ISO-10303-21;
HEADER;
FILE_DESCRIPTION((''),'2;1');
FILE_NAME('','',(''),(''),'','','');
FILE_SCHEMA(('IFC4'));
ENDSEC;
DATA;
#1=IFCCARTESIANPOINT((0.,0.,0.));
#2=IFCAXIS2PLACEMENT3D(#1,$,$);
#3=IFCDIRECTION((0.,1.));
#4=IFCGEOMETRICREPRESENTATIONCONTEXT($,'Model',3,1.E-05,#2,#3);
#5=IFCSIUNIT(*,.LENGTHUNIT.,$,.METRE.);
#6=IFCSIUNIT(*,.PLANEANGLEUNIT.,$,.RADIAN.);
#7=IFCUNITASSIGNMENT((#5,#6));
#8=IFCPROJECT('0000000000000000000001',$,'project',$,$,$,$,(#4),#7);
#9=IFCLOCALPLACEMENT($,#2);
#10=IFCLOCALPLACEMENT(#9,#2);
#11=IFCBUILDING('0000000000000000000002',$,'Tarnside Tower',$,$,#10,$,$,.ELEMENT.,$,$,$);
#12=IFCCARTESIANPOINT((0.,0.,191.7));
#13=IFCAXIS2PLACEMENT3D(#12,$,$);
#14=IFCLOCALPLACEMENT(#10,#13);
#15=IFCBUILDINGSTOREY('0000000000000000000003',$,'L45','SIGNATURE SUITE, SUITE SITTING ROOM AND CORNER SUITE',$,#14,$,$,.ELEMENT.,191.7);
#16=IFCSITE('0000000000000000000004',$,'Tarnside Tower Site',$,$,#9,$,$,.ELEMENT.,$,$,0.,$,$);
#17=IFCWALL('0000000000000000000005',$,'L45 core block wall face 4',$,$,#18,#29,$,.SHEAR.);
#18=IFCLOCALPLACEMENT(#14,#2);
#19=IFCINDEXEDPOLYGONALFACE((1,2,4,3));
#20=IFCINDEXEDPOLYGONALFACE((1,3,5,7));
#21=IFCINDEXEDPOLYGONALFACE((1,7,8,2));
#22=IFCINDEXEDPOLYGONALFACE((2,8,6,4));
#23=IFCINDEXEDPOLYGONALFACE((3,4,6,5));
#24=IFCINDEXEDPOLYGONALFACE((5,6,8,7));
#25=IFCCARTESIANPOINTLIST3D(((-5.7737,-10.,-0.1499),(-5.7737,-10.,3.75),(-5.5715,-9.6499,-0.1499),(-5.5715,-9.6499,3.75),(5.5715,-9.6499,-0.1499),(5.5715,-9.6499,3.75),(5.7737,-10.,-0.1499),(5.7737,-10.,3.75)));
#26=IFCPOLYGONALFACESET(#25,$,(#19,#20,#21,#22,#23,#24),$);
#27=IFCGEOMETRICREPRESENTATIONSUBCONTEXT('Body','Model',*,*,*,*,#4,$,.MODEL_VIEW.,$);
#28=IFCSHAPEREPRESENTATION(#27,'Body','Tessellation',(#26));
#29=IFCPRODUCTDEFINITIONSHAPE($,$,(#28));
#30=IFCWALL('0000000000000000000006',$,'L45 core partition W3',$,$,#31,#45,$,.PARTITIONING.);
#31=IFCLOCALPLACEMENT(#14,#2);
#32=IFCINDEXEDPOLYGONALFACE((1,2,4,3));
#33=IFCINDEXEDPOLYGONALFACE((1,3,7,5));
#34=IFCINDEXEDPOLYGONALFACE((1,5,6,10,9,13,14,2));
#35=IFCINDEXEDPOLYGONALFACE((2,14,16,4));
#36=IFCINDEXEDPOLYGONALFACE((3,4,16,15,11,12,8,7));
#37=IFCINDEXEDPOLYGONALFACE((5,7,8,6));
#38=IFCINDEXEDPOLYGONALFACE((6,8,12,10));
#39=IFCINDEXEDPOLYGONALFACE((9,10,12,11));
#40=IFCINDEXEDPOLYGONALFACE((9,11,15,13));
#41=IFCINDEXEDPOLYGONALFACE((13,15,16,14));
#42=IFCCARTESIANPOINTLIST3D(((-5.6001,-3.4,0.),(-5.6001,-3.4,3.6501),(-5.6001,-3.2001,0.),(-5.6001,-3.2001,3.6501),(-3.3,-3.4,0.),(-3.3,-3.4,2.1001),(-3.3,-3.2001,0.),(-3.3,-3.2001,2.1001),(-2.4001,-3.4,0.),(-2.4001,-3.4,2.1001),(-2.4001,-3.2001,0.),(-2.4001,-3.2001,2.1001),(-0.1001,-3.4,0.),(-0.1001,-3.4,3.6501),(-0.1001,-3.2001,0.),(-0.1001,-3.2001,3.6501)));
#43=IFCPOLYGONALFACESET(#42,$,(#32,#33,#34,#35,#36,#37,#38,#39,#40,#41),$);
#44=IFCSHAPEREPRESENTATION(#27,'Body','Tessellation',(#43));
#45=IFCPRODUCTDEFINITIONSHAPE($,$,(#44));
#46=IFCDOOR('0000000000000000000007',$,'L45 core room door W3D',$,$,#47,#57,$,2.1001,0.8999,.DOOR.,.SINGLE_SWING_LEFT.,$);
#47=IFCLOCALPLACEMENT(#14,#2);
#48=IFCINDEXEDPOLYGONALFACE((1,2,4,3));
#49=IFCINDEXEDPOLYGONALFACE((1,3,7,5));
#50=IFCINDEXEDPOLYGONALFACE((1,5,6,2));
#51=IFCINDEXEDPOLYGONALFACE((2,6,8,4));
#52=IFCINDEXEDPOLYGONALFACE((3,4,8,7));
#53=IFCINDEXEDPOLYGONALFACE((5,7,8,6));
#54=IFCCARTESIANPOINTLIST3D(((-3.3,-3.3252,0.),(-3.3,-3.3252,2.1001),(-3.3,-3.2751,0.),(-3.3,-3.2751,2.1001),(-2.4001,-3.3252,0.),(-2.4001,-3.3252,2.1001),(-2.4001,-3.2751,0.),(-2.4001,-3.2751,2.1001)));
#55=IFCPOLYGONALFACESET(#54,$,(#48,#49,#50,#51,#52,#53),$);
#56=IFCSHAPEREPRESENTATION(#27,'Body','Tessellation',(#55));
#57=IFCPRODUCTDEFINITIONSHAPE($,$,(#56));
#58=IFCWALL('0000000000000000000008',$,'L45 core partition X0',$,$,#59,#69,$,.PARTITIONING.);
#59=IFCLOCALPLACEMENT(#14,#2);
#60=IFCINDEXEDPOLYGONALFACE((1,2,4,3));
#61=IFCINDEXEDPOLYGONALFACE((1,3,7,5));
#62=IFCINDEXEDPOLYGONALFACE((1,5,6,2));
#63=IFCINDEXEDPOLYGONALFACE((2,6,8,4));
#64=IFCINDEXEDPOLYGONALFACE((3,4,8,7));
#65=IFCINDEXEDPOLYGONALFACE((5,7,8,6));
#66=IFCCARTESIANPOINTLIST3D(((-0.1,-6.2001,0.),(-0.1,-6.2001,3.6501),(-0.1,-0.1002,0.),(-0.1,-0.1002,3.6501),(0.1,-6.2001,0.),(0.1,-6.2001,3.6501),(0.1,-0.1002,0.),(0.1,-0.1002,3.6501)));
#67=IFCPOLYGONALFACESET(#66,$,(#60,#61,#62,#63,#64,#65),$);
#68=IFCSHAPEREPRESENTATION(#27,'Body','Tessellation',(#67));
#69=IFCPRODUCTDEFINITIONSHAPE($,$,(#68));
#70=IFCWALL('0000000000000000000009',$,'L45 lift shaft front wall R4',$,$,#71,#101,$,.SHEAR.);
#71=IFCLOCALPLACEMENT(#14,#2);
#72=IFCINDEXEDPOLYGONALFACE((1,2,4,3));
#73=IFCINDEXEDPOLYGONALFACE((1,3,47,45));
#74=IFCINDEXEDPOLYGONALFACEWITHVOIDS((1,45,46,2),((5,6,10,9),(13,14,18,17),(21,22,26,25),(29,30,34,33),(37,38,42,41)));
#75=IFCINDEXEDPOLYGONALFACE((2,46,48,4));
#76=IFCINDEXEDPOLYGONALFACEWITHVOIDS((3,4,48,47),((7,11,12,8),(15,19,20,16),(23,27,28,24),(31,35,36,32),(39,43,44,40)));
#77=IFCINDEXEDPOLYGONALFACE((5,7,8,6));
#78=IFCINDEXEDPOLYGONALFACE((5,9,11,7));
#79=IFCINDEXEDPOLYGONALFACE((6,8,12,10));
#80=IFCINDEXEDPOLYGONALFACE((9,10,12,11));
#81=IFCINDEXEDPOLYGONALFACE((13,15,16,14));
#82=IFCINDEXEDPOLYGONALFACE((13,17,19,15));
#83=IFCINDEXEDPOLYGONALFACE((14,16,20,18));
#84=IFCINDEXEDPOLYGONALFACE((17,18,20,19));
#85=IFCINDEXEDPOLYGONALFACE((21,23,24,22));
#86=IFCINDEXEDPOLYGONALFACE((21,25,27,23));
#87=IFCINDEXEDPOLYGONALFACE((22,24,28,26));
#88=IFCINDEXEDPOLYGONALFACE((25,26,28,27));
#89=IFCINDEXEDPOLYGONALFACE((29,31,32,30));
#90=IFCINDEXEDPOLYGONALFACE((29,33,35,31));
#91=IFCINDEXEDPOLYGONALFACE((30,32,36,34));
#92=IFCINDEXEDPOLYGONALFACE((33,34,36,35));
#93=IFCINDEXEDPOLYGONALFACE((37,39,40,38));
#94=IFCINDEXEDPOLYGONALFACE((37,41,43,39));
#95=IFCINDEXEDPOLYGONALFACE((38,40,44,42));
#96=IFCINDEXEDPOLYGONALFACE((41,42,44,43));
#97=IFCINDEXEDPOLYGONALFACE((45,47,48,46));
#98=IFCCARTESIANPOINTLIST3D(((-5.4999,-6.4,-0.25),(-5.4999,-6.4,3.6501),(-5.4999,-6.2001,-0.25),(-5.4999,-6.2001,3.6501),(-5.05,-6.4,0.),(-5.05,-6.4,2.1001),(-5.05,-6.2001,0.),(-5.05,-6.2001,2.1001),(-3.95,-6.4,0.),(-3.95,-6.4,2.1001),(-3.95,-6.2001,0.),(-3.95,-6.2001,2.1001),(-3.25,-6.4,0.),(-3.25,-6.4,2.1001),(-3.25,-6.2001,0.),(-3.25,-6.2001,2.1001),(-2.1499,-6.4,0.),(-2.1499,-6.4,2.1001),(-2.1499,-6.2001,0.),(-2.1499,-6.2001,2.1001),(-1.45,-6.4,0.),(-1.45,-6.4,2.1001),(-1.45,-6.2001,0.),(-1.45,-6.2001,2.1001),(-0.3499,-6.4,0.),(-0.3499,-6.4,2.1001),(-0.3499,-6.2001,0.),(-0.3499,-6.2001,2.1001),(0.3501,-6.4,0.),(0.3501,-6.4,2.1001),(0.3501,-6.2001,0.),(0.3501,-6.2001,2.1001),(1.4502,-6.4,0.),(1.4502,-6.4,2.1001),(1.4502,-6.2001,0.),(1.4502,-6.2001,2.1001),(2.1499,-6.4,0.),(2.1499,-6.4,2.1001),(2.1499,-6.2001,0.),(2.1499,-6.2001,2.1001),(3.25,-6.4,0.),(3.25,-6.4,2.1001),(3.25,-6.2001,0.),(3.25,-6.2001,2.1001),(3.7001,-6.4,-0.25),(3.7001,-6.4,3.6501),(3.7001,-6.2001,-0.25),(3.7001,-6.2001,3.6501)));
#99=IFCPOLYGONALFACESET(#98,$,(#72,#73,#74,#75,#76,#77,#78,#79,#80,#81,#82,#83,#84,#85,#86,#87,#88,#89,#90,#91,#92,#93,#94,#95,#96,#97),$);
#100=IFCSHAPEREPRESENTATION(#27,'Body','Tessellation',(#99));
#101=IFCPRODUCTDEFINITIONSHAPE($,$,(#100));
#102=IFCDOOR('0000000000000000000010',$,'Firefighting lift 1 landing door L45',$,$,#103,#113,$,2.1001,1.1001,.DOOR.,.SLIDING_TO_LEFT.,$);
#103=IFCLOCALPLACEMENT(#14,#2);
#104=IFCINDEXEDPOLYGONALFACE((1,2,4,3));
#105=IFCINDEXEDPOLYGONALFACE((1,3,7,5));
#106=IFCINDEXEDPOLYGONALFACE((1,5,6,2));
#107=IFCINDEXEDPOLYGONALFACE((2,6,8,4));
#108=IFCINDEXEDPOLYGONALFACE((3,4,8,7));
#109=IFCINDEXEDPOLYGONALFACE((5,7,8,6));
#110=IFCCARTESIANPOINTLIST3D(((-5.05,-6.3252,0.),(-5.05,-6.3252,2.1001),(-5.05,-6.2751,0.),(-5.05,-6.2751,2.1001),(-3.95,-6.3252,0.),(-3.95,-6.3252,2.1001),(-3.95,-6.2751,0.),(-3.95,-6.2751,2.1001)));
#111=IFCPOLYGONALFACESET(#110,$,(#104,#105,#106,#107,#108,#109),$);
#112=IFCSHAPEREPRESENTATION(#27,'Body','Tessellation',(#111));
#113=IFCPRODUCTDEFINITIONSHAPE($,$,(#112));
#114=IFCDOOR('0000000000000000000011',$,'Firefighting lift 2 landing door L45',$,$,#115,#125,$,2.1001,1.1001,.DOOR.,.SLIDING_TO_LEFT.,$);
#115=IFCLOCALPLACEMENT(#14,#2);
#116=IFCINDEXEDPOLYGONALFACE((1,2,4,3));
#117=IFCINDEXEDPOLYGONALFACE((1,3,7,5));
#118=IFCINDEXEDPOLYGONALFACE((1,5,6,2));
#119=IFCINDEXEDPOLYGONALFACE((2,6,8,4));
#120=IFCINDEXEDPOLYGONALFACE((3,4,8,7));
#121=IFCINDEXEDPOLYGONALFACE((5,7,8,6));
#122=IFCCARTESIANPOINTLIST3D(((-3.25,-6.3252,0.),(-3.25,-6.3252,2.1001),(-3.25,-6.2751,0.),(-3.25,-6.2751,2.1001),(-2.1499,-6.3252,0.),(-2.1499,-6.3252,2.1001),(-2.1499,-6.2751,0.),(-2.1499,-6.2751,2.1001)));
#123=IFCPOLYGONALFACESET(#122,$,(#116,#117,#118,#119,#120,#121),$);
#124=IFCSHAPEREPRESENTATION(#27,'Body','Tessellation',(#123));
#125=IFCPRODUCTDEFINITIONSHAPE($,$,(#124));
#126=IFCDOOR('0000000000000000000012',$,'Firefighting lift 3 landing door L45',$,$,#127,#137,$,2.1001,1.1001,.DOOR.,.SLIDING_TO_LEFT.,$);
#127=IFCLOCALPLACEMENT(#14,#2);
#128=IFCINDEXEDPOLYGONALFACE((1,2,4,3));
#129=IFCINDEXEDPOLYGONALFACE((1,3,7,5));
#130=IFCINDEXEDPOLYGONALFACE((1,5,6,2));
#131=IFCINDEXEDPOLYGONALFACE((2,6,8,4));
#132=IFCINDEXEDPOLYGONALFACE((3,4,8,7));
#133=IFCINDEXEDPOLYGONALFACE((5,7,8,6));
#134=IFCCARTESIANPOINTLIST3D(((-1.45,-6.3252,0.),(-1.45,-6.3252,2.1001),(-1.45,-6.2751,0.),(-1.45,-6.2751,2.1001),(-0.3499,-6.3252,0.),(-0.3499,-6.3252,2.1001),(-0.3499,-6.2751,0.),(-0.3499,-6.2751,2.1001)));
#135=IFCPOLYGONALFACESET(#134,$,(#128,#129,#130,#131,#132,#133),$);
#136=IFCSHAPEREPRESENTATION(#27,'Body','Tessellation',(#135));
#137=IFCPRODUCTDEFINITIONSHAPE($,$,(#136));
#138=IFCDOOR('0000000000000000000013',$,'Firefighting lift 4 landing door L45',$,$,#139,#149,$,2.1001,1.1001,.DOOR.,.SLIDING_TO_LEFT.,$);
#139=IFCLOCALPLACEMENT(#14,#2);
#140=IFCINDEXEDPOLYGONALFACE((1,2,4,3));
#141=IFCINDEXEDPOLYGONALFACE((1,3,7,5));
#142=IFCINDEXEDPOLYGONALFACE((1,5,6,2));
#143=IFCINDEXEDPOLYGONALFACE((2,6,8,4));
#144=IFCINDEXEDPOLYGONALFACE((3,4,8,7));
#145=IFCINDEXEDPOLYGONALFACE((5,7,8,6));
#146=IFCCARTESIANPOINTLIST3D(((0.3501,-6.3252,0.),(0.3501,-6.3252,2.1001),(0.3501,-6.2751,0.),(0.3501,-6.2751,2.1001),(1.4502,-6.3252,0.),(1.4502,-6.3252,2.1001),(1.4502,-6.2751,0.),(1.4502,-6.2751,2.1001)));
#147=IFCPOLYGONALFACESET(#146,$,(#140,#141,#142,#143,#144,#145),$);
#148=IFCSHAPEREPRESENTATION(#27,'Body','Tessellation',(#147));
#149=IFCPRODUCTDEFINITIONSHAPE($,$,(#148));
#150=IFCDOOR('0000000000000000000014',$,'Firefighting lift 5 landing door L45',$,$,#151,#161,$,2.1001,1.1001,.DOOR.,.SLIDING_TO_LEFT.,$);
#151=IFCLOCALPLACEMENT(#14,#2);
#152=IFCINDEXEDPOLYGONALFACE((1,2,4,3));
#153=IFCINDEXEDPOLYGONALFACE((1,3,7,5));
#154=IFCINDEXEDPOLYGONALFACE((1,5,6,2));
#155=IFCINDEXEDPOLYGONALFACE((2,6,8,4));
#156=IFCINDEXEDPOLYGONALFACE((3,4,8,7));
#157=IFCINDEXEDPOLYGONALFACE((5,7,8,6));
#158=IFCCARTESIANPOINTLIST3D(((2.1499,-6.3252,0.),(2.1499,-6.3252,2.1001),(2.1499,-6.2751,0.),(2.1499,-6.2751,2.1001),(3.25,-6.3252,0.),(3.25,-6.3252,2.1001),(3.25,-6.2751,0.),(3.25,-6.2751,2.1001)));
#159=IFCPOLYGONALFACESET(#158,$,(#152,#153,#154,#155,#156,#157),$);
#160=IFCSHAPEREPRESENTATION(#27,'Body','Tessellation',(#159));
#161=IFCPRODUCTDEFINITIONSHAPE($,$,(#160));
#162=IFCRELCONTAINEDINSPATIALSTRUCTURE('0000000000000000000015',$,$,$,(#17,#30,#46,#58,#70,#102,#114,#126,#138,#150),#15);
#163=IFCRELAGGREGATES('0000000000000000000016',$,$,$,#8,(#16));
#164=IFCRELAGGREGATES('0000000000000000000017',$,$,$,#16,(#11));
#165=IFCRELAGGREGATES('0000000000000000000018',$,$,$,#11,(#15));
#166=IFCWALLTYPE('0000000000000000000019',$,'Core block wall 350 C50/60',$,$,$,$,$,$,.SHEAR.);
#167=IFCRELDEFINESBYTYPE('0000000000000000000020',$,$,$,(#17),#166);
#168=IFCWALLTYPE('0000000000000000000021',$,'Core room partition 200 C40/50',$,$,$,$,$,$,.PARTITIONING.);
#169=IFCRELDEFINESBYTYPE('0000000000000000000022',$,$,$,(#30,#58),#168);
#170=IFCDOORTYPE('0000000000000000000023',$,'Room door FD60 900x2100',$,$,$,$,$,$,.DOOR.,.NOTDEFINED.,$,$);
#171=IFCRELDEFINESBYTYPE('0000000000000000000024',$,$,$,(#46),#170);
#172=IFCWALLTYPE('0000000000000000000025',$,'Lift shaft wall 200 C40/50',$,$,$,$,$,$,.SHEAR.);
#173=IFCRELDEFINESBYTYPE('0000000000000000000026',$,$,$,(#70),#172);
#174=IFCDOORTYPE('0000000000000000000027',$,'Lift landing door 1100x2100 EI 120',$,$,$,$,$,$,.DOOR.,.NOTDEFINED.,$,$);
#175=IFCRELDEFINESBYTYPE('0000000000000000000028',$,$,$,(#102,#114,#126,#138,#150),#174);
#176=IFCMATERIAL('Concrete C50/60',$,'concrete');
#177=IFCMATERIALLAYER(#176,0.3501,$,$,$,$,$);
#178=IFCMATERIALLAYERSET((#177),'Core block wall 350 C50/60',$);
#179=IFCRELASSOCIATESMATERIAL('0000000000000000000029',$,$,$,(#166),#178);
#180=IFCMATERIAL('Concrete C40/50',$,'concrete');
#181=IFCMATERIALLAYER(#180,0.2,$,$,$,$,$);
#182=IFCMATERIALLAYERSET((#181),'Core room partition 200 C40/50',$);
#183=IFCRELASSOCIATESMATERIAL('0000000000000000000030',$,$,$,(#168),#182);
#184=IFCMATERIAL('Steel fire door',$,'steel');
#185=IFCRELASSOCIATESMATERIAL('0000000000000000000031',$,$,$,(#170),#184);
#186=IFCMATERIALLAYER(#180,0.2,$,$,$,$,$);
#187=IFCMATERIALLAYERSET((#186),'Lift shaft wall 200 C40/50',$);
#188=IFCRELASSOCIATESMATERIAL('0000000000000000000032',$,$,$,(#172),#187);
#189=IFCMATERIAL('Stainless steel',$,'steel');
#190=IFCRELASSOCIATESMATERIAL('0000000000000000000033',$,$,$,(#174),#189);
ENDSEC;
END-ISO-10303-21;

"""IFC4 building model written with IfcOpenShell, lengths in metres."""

from ifc_helpers import new_model, si_unit, direction, frame, frame_2d, origin, place, context, subcontext, project, spatial, polyline, rectangle, outline, extrude, material, layer, layer_set, type_object, element, fill, save


model = new_model("IFC4")

# Units and contexts
model_context = context("Model", 3, precision=1e-05, world=origin(), true_north=direction((0.0, 1.0)))
body_context = subcontext(model_context, "Body", "Model", "MODEL_VIEW")
ifc_project = project(units=[si_unit("LENGTHUNIT", "METRE"), si_unit("PLANEANGLEUNIT", "RADIAN")], contexts=[model_context])

# Site, building, storey
site_placement = place(None, origin())
site = spatial("IfcSite", under=ifc_project, at=site_placement, Name="Tarnside Tower Site", CompositionType="ELEMENT", RefElevation=0.0)
building_placement = place(site_placement, origin())
building = spatial("IfcBuilding", under=site, at=building_placement, Name="Tarnside Tower", CompositionType="ELEMENT")
storey_placement = place(building_placement, frame((0.0, 0.0, 191.7)))
storey = spatial("IfcBuildingStorey", under=building, at=storey_placement, Name="L45", Description="SIGNATURE SUITE, SUITE SITTING ROOM AND CORNER SUITE", CompositionType="ELEMENT", Elevation=191.7)

# Wall
ifc_material_1 = material(Name="Concrete C50/60", Category="concrete")
ifc_layer_1 = layer(ifc_material_1, 0.3501)
ifc_layer_set_1 = layer_set([ifc_layer_1], Name="Core block wall 350 C50/60")
wall_type_1 = type_object("IfcWallType", Name="Core block wall 350 C50/60", PredefinedType="SHEAR", material=ifc_layer_set_1)
wall_1_placement = place(storey_placement, frame((-5.6726, -9.825, -0.1499), z_axis=(0.0, 0.0, 1.0), x_axis=(1.0, 0.0, 0.0)))
element("IfcWall", 1, at=wall_1_placement, inside=storey, type_object=wall_type_1, Name="L45 core block wall face 4", PredefinedType="SHEAR", context=body_context, shape_type="SweptSolid", body=[
    extrude(outline(polyline([(-0.1011, -0.175), (11.4463, -0.175), (11.2441, 0.175), (0.1011, 0.175), (-0.1011, -0.175)])), origin(), (0.0, 0.0, 1.0), 3.8999),
])

# Wall, opening, door
ifc_material_2 = material(Name="Concrete C40/50", Category="concrete")
ifc_layer_2 = layer(ifc_material_2, 0.2)
ifc_layer_set_2 = layer_set([ifc_layer_2], Name="Core room partition 200 C40/50")
wall_type_2 = type_object("IfcWallType", Name="Core room partition 200 C40/50", PredefinedType="PARTITIONING", material=ifc_layer_set_2)
wall_2_placement = place(storey_placement, frame((-5.6001, -3.3, 0.0), z_axis=(0.0, 0.0, 1.0), x_axis=(1.0, 0.0, 0.0)))
wall_2 = element("IfcWall", 2, at=wall_2_placement, inside=storey, type_object=wall_type_2, Name="L45 core partition W3", PredefinedType="PARTITIONING", context=body_context, shape_type="SweptSolid", body=[
    extrude(rectangle(XDim=5.5, YDim=0.2, at=frame_2d((2.75, 0.0))), origin(), (0.0, 0.0, 1.0), 3.6501),
])
opening_1_placement = place(wall_2_placement, frame((2.3, 0.0, 0.0)))
opening_1 = element("IfcOpeningElement", 3, at=opening_1_placement, cuts=wall_2, PredefinedType="OPENING", context=body_context, shape_type="SweptSolid", body=[
    extrude(rectangle(XDim=0.8999, YDim=2.1001, at=frame_2d((0.45, 1.05))), frame((0.0, 0.1099, 0.0), z_axis=(0.0, -1.0, 0.0), x_axis=(1.0, 0.0, 0.0)), (0.0, 0.0, 1.0), 0.22),
])
ifc_material_3 = material(Name="Steel fire door", Category="steel")
door_type_1 = type_object("IfcDoorType", Name="Room door FD60 900x2100", OperationType="NOTDEFINED", PredefinedType="DOOR", material=ifc_material_3)
door_1_placement = place(opening_1_placement, origin())
door_1 = element("IfcDoor", 4, at=door_1_placement, inside=storey, type_object=door_type_1, Name="L45 core room door W3D", OperationType="SINGLE_SWING_LEFT", OverallHeight=2.1001, OverallWidth=0.8999, PredefinedType="DOOR", context=body_context, shape_type="SweptSolid", body=[
    extrude(rectangle(XDim=0.8999, YDim=2.1001, at=frame_2d((0.45, 1.05))), frame((0.0, 0.0249, 0.0), z_axis=(0.0, -1.0, 0.0), x_axis=(1.0, 0.0, 0.0)), (0.0, 0.0, 1.0), 0.05),
])
fill(opening_1, door_1)

# Wall
wall_3_placement = place(storey_placement, frame((0.0, -6.2, 0.0), z_axis=(0.0, 0.0, 1.0), x_axis=(0.0, 1.0, 0.0)))
element("IfcWall", 5, at=wall_3_placement, inside=storey, type_object=wall_type_2, Name="L45 core partition X0", PredefinedType="PARTITIONING", context=body_context, shape_type="SweptSolid", body=[
    extrude(rectangle(XDim=6.0999, YDim=0.2, at=frame_2d((3.0498, 0.0))), origin(), (0.0, 0.0, 1.0), 3.6501),
])

# Wall, openings, doors
ifc_layer_3 = layer(ifc_material_2, 0.2)
ifc_layer_set_3 = layer_set([ifc_layer_3], Name="Lift shaft wall 200 C40/50")
wall_type_3 = type_object("IfcWallType", Name="Lift shaft wall 200 C40/50", PredefinedType="SHEAR", material=ifc_layer_set_3)
wall_4_placement = place(storey_placement, frame((-5.5, -6.3, -0.25), z_axis=(0.0, 0.0, 1.0), x_axis=(1.0, 0.0, 0.0)))
wall_4 = element("IfcWall", 6, at=wall_4_placement, inside=storey, type_object=wall_type_3, Name="L45 lift shaft front wall R4", PredefinedType="SHEAR", context=body_context, shape_type="SweptSolid", body=[
    extrude(rectangle(XDim=9.2, YDim=0.2, at=frame_2d((4.6001, 0.0))), origin(), (0.0, 0.0, 1.0), 3.9001),
])
opening_2_placement = place(wall_4_placement, frame((0.45, 0.0, 0.25)))
opening_2 = element("IfcOpeningElement", 7, at=opening_2_placement, cuts=wall_4, PredefinedType="OPENING", context=body_context, shape_type="SweptSolid", body=[
    extrude(rectangle(XDim=1.1001, YDim=2.1001, at=frame_2d((0.55, 1.05))), frame((0.0, 0.1099, 0.0), z_axis=(0.0, -1.0, 0.0), x_axis=(1.0, 0.0, 0.0)), (0.0, 0.0, 1.0), 0.22),
])
opening_3_placement = place(wall_4_placement, frame((2.25, 0.0, 0.25)))
opening_3 = element("IfcOpeningElement", 8, at=opening_3_placement, cuts=wall_4, PredefinedType="OPENING", context=body_context, shape_type="SweptSolid", body=[
    extrude(rectangle(XDim=1.1001, YDim=2.1001, at=frame_2d((0.55, 1.05))), frame((0.0, 0.1099, 0.0), z_axis=(0.0, -1.0, 0.0), x_axis=(1.0, 0.0, 0.0)), (0.0, 0.0, 1.0), 0.22),
])
opening_4_placement = place(wall_4_placement, frame((4.05, 0.0, 0.25)))
opening_4 = element("IfcOpeningElement", 9, at=opening_4_placement, cuts=wall_4, PredefinedType="OPENING", context=body_context, shape_type="SweptSolid", body=[
    extrude(rectangle(XDim=1.1001, YDim=2.1001, at=frame_2d((0.55, 1.05))), frame((0.0, 0.1099, 0.0), z_axis=(0.0, -1.0, 0.0), x_axis=(1.0, 0.0, 0.0)), (0.0, 0.0, 1.0), 0.22),
])
opening_5_placement = place(wall_4_placement, frame((5.8501, 0.0, 0.25)))
opening_5 = element("IfcOpeningElement", 10, at=opening_5_placement, cuts=wall_4, PredefinedType="OPENING", context=body_context, shape_type="SweptSolid", body=[
    extrude(rectangle(XDim=1.1001, YDim=2.1001, at=frame_2d((0.55, 1.05))), frame((0.0, 0.1099, 0.0), z_axis=(0.0, -1.0, 0.0), x_axis=(1.0, 0.0, 0.0)), (0.0, 0.0, 1.0), 0.22),
])
opening_6_placement = place(wall_4_placement, frame((7.6499, 0.0, 0.25)))
opening_6 = element("IfcOpeningElement", 11, at=opening_6_placement, cuts=wall_4, PredefinedType="OPENING", context=body_context, shape_type="SweptSolid", body=[
    extrude(rectangle(XDim=1.1001, YDim=2.1001, at=frame_2d((0.55, 1.05))), frame((0.0, 0.1099, 0.0), z_axis=(0.0, -1.0, 0.0), x_axis=(1.0, 0.0, 0.0)), (0.0, 0.0, 1.0), 0.22),
])
ifc_material_4 = material(Name="Stainless steel", Category="steel")
door_type_2 = type_object("IfcDoorType", Name="Lift landing door 1100x2100 EI 120", OperationType="NOTDEFINED", PredefinedType="DOOR", material=ifc_material_4)
door_2_placement = place(opening_2_placement, origin())
door_2 = element("IfcDoor", 12, at=door_2_placement, inside=storey, type_object=door_type_2, Name="Firefighting lift 1 landing door L45", OperationType="SLIDING_TO_LEFT", OverallHeight=2.1001, OverallWidth=1.1001, PredefinedType="DOOR", context=body_context, shape_type="SweptSolid", body=[
    extrude(rectangle(XDim=1.1001, YDim=2.1001, at=frame_2d((0.55, 1.05))), frame((0.0, 0.0249, 0.0), z_axis=(0.0, -1.0, 0.0), x_axis=(1.0, 0.0, 0.0)), (0.0, 0.0, 1.0), 0.05),
])
fill(opening_2, door_2)
door_3_placement = place(opening_3_placement, origin())
door_3 = element("IfcDoor", 13, at=door_3_placement, inside=storey, type_object=door_type_2, Name="Firefighting lift 2 landing door L45", OperationType="SLIDING_TO_LEFT", OverallHeight=2.1001, OverallWidth=1.1001, PredefinedType="DOOR", context=body_context, shape_type="SweptSolid", body=[
    extrude(rectangle(XDim=1.1001, YDim=2.1001, at=frame_2d((0.55, 1.05))), frame((0.0, 0.0249, 0.0), z_axis=(0.0, -1.0, 0.0), x_axis=(1.0, 0.0, 0.0)), (0.0, 0.0, 1.0), 0.05),
])
fill(opening_3, door_3)
door_4_placement = place(opening_4_placement, origin())
door_4 = element("IfcDoor", 14, at=door_4_placement, inside=storey, type_object=door_type_2, Name="Firefighting lift 3 landing door L45", OperationType="SLIDING_TO_LEFT", OverallHeight=2.1001, OverallWidth=1.1001, PredefinedType="DOOR", context=body_context, shape_type="SweptSolid", body=[
    extrude(rectangle(XDim=1.1001, YDim=2.1001, at=frame_2d((0.55, 1.05))), frame((0.0, 0.0249, 0.0), z_axis=(0.0, -1.0, 0.0), x_axis=(1.0, 0.0, 0.0)), (0.0, 0.0, 1.0), 0.05),
])
fill(opening_4, door_4)
door_5_placement = place(opening_5_placement, origin())
door_5 = element("IfcDoor", 15, at=door_5_placement, inside=storey, type_object=door_type_2, Name="Firefighting lift 4 landing door L45", OperationType="SLIDING_TO_LEFT", OverallHeight=2.1001, OverallWidth=1.1001, PredefinedType="DOOR", context=body_context, shape_type="SweptSolid", body=[
    extrude(rectangle(XDim=1.1001, YDim=2.1001, at=frame_2d((0.55, 1.05))), frame((0.0, 0.0249, 0.0), z_axis=(0.0, -1.0, 0.0), x_axis=(1.0, 0.0, 0.0)), (0.0, 0.0, 1.0), 0.05),
])
fill(opening_5, door_5)
door_6_placement = place(opening_6_placement, origin())
door_6 = element("IfcDoor", 16, at=door_6_placement, inside=storey, type_object=door_type_2, Name="Firefighting lift 5 landing door L45", OperationType="SLIDING_TO_LEFT", OverallHeight=2.1001, OverallWidth=1.1001, PredefinedType="DOOR", context=body_context, shape_type="SweptSolid", body=[
    extrude(rectangle(XDim=1.1001, YDim=2.1001, at=frame_2d((0.55, 1.05))), frame((0.0, 0.0249, 0.0), z_axis=(0.0, -1.0, 0.0), x_axis=(1.0, 0.0, 0.0)), (0.0, 0.0, 1.0), 0.05),
])
fill(opening_6, door_6)

save(model, "model.ifc")
